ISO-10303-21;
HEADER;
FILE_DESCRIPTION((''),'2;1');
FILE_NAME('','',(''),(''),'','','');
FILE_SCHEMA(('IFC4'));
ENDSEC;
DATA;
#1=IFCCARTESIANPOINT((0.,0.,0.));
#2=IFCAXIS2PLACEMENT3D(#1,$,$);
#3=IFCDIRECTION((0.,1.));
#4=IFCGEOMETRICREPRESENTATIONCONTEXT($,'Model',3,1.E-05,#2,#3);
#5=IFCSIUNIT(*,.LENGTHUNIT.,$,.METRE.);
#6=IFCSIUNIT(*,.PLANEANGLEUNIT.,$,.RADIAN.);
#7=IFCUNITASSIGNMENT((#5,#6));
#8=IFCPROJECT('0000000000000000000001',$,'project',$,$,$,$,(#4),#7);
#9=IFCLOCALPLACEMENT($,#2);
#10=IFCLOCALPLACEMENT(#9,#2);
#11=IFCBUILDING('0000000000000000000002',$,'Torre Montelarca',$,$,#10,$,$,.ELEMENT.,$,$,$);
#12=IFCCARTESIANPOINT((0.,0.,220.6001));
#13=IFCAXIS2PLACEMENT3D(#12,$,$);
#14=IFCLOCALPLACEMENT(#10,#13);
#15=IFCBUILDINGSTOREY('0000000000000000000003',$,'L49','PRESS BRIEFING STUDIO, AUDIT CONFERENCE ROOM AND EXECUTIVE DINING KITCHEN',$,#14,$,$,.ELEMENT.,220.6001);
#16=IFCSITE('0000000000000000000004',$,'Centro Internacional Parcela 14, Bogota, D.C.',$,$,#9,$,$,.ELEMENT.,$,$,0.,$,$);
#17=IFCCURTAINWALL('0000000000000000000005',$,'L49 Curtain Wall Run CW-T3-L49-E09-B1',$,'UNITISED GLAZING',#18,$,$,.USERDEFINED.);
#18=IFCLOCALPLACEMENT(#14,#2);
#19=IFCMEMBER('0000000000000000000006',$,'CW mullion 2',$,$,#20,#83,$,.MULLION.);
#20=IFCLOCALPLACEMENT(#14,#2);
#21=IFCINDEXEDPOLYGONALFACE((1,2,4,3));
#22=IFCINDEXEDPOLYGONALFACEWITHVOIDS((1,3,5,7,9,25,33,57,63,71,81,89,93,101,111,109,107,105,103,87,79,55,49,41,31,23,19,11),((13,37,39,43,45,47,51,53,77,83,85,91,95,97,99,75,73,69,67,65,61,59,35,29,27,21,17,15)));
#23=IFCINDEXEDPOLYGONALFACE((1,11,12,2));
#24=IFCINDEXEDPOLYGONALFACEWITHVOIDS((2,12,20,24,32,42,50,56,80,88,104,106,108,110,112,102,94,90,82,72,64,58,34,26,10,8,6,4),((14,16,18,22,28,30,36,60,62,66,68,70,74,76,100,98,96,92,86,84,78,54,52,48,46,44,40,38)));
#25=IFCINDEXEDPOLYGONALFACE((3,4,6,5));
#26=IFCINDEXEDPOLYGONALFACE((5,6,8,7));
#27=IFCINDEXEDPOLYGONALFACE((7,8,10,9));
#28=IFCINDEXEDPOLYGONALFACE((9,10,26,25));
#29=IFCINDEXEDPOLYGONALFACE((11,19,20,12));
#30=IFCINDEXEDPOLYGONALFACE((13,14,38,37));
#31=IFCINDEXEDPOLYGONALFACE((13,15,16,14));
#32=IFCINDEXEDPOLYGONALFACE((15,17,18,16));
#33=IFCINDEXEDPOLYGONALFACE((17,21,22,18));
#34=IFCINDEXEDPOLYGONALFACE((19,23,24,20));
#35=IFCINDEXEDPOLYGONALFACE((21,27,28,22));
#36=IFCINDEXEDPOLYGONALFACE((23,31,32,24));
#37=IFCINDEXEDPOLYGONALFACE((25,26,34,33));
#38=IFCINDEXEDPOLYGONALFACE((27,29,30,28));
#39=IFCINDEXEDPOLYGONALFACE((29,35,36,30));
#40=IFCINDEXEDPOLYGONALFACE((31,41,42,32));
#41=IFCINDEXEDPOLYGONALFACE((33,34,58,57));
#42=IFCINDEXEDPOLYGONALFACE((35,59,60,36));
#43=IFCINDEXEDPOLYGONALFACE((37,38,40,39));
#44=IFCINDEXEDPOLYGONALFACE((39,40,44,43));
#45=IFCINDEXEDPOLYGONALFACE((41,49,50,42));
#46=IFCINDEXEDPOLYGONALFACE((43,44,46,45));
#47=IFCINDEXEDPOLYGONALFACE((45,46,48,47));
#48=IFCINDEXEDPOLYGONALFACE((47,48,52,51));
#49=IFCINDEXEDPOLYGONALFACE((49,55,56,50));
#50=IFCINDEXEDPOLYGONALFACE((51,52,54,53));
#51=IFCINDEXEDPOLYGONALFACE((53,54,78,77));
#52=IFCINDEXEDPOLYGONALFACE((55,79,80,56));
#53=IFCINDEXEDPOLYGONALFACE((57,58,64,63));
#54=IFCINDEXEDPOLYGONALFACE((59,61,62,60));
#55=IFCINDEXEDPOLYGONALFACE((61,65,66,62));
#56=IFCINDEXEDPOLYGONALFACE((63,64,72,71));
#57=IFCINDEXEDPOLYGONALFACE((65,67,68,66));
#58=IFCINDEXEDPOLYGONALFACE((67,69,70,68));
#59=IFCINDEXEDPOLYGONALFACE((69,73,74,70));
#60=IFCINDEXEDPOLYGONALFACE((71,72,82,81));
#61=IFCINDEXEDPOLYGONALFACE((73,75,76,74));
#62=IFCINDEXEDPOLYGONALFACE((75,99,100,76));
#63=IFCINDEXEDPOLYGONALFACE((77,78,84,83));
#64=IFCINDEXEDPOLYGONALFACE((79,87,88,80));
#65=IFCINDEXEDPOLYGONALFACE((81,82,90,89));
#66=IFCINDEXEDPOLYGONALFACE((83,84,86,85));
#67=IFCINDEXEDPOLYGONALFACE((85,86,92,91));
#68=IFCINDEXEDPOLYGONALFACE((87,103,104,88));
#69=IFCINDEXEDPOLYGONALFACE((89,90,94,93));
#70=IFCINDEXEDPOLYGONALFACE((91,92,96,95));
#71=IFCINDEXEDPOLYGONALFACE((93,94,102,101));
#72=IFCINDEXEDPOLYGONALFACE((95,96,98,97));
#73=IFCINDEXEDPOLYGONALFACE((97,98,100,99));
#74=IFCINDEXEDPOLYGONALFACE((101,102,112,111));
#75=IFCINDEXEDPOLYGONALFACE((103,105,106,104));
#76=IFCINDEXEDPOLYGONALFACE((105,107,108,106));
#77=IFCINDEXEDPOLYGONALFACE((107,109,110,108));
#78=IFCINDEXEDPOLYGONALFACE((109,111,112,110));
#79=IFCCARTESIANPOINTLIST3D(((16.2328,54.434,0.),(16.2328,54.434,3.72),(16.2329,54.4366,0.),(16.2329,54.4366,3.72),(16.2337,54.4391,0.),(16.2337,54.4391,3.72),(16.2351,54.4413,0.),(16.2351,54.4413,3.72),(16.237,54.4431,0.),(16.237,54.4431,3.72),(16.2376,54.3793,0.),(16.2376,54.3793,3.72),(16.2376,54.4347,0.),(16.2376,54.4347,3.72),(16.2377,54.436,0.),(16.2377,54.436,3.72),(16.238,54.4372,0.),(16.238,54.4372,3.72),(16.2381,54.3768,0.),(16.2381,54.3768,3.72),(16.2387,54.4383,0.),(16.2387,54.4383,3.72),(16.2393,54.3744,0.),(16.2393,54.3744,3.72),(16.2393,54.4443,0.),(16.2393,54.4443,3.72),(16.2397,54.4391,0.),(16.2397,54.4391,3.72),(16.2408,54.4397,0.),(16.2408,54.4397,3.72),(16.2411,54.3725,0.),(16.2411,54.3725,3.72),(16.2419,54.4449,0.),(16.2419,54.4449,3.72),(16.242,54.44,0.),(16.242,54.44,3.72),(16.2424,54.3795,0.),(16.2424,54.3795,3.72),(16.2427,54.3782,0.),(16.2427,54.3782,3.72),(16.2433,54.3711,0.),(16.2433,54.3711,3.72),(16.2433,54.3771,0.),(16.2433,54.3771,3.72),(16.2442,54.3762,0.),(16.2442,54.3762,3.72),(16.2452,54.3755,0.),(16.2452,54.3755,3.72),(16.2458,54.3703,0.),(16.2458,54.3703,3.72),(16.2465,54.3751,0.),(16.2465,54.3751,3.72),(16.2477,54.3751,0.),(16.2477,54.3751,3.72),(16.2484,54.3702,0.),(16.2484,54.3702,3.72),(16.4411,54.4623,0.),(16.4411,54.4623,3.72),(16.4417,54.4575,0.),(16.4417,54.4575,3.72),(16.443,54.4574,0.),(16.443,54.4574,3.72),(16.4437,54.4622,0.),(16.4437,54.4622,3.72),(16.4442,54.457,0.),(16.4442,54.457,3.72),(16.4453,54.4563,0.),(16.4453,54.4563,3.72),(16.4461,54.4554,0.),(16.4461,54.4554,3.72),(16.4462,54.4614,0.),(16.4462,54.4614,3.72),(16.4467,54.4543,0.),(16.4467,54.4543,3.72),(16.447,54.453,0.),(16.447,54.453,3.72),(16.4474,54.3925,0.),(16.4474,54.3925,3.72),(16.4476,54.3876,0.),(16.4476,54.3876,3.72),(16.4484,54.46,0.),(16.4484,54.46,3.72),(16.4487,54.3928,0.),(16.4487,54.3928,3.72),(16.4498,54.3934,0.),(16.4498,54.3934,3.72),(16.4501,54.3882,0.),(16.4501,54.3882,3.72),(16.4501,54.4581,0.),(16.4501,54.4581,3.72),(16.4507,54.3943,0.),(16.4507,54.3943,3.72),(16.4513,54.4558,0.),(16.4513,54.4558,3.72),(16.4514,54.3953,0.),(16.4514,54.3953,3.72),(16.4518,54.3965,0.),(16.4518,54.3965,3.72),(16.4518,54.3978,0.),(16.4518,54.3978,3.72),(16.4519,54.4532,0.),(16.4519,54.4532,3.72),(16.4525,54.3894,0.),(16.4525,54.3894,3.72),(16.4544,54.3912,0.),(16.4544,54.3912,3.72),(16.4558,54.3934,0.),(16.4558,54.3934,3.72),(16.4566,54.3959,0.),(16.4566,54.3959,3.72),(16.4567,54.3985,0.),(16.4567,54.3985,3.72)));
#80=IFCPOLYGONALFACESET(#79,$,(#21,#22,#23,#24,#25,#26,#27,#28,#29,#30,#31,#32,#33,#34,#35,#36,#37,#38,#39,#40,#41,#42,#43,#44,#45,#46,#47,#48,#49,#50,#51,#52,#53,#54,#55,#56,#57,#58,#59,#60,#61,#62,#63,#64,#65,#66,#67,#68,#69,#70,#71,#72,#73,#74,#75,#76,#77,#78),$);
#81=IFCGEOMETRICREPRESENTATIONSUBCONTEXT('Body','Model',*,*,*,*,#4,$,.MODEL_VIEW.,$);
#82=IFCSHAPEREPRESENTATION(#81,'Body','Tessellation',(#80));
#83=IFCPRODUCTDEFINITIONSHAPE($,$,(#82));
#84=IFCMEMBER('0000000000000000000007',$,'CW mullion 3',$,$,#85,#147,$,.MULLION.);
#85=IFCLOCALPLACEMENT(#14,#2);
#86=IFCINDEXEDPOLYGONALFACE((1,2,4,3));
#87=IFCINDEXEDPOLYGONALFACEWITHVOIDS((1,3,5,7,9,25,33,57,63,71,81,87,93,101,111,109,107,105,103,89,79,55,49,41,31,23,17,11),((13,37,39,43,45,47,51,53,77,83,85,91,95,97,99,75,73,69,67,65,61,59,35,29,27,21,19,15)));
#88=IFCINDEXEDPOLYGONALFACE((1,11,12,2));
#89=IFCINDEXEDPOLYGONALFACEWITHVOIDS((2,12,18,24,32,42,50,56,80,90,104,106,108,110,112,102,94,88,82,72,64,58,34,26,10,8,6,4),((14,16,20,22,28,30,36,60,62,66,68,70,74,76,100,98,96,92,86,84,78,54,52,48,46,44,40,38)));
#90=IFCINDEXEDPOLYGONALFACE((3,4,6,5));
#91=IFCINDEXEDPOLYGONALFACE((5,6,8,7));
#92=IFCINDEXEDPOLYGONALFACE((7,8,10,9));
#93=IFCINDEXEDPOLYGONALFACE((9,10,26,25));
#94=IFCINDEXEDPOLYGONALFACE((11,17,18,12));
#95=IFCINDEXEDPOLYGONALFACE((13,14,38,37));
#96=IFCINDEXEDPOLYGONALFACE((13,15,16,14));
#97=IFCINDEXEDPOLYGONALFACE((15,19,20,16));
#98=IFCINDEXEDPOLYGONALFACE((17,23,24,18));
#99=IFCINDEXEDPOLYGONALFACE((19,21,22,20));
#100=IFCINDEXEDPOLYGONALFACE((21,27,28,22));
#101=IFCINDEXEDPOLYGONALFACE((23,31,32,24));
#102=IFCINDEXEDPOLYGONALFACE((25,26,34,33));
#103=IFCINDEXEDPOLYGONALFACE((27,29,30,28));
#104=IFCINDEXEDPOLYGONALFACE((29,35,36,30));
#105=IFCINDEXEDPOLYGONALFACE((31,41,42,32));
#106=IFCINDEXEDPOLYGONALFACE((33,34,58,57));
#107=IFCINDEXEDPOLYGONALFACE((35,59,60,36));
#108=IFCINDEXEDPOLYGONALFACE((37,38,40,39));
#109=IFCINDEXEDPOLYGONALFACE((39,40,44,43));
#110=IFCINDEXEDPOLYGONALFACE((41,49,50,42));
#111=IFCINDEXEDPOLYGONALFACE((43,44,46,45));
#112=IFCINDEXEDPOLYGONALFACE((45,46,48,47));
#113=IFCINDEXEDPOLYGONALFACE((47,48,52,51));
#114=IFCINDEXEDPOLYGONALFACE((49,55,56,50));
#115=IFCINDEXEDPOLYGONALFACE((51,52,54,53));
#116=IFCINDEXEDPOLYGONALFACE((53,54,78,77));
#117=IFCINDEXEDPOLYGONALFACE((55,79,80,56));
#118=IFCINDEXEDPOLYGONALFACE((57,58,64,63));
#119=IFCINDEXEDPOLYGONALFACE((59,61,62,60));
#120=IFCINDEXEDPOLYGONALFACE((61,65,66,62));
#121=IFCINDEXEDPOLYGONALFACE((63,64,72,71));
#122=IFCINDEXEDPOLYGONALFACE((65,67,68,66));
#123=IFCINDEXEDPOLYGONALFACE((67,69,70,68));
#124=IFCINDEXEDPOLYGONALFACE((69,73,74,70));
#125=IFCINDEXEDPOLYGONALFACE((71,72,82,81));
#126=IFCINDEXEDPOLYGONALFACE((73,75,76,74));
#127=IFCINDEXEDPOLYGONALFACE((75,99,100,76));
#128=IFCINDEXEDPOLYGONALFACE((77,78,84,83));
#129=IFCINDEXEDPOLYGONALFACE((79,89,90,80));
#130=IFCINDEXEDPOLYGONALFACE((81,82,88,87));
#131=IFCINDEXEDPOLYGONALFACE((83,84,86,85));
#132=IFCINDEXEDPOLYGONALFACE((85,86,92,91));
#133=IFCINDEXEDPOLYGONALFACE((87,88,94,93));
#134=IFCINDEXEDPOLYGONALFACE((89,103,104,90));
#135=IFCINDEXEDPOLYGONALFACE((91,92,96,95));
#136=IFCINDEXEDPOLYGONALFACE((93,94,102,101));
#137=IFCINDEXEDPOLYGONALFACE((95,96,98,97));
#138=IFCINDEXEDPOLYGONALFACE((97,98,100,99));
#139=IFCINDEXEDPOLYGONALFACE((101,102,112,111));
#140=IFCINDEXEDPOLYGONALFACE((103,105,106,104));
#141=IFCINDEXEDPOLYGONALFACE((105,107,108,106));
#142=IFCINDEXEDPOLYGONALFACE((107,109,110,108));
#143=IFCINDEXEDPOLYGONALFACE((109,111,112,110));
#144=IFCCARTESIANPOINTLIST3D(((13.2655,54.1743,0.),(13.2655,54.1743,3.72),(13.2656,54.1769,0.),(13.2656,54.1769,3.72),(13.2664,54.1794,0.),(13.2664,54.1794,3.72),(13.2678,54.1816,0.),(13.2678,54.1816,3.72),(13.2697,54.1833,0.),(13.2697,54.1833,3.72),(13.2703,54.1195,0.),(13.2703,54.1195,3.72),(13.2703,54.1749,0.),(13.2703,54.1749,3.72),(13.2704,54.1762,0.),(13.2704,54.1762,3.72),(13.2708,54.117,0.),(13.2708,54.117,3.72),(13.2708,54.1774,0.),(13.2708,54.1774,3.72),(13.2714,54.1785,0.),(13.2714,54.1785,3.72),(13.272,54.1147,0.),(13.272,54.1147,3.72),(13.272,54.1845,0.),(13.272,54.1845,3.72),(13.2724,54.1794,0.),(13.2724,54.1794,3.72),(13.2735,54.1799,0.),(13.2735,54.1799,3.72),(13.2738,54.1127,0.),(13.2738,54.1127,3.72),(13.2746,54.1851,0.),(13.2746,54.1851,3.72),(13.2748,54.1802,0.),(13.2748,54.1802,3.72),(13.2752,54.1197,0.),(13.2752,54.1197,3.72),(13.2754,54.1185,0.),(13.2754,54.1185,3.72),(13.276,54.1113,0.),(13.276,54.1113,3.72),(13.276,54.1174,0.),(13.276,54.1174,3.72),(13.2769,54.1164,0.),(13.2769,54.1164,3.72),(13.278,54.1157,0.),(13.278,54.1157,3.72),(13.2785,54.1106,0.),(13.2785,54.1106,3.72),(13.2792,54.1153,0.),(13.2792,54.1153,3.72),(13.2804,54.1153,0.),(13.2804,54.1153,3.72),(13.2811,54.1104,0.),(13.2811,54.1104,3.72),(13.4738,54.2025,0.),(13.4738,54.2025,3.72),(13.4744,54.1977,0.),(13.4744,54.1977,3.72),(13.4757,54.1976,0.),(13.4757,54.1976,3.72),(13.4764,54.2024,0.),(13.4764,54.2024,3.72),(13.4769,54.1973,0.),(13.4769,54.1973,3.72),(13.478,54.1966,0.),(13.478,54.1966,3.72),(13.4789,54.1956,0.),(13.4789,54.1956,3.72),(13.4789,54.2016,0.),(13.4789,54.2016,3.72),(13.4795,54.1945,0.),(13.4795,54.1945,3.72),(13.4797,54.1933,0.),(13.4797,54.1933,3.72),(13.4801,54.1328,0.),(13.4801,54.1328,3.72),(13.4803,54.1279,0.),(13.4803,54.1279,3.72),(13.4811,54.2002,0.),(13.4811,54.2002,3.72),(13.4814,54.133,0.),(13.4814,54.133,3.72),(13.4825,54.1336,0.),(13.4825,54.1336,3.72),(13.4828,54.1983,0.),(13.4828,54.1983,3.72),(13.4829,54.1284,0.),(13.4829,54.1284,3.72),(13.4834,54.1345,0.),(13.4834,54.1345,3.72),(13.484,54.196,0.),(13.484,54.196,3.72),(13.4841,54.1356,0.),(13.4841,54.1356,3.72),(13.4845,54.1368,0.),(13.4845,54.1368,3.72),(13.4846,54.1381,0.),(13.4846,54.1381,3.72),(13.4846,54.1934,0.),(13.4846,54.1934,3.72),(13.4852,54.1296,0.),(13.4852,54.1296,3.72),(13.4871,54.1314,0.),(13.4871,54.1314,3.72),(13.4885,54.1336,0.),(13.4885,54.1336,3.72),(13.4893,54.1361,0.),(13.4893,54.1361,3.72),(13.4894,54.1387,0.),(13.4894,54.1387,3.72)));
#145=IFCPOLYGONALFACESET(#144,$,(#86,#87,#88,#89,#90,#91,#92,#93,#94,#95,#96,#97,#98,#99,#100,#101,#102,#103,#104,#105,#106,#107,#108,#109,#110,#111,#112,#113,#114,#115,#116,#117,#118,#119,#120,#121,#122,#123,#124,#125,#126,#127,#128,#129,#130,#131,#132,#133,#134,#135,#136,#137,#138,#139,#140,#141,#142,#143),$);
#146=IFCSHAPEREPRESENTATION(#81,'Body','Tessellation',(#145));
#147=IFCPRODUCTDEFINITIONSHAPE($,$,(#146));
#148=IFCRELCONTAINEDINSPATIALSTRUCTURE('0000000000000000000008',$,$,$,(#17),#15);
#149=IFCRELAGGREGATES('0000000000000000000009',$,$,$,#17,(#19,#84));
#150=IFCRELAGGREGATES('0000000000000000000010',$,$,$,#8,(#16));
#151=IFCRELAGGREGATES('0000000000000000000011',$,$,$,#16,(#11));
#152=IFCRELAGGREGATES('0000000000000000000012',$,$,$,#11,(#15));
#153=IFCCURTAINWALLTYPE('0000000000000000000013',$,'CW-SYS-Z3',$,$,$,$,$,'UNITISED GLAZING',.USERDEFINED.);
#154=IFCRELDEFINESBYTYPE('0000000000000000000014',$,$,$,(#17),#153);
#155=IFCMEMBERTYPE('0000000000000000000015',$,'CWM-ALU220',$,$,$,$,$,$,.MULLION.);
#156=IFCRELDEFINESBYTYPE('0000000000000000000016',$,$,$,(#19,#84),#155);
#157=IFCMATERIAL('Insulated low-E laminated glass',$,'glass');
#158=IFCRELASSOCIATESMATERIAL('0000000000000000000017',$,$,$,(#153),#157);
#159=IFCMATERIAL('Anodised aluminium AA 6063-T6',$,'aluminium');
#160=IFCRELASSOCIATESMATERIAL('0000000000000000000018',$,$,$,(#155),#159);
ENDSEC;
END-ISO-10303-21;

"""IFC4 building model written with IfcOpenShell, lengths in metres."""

from ifc_helpers import new_model, si_unit, direction, frame, origin, origin_2d, place, context, subcontext, project, spatial, hollow_rectangle, extrude, source, transform, mapped, material, material_profile, profile_set, type_object, element, aggregate, save


model = new_model("IFC4")

# Units and contexts
model_context = context("Model", 3, precision=1e-05, world=origin(), true_north=direction((0.0, 1.0)))
body_context = subcontext(model_context, "Body", "Model", "MODEL_VIEW")
ifc_project = project(units=[si_unit("LENGTHUNIT", "METRE"), si_unit("PLANEANGLEUNIT", "RADIAN")], contexts=[model_context])

# Site, building, storey
site_placement = place(None, origin())
site = spatial("IfcSite", under=ifc_project, at=site_placement, Name="Centro Internacional Parcela 14, Bogota, D.C.", CompositionType="ELEMENT", RefElevation=0.0)
building_placement = place(site_placement, origin())
building = spatial("IfcBuilding", under=site, at=building_placement, Name="Torre Montelarca", CompositionType="ELEMENT")
storey_placement = place(building_placement, frame((0.0, 0.0, 220.6001)))
storey = spatial("IfcBuildingStorey", under=building, at=storey_placement, Name="L49", Description="PRESS BRIEFING STUDIO, AUDIT CONFERENCE ROOM AND EXECUTIVE DINING KITCHEN", CompositionType="ELEMENT", Elevation=220.6001)

# Curtain wall
ifc_material_1 = material(Name="Insulated low-E laminated glass", Category="glass")
curtain_wall_type = type_object("IfcCurtainWallType", Name="CW-SYS-Z3", ElementType="UNITISED GLAZING", PredefinedType="USERDEFINED", material=ifc_material_1)
curtain_wall_1_placement = place(storey_placement, origin())
curtain_wall_1 = element("IfcCurtainWall", 1, at=curtain_wall_1_placement, inside=storey, type_object=curtain_wall_type, Name="L49 Curtain Wall Run CW-T3-L49-E09-B1", ObjectType="UNITISED GLAZING", PredefinedType="USERDEFINED")
ifc_material_2 = material(Name="Anodised aluminium AA 6063-T6", Category="aluminium")

# Members
ifc_material_profile_1 = material_profile(ifc_material_2, hollow_rectangle(XDim=0.075, YDim=0.22, WallThickness=0.0049, InnerFilletRadius=0.0049, OuterFilletRadius=0.01, at=origin_2d()), Name="ALU75X220X5", Category="aluminium")
ifc_profile_set_1 = profile_set([ifc_material_profile_1], Name="Anodised aluminium AA 6063-T6")
member_type_1 = type_object("IfcMemberType", Name="CWM-ALU220", PredefinedType="MULLION", material=ifc_profile_set_1)
shared_shape_1 = source(origin(), body_context, "Body", "SweptSolid", [
    extrude(hollow_rectangle(XDim=0.075, YDim=0.22, WallThickness=0.0049, InnerFilletRadius=0.0049, OuterFilletRadius=0.01, at=origin_2d()), origin(), (0.0, 0.0, 1.0), 3.72),
])
member_1_placement = place(storey_placement, frame((16.3447, 54.4163, 0.0), z_axis=(0.0, 0.0, 1.0), x_axis=(0.087183, -0.996192, 0.0)))
member_1 = element("IfcMember", 2, at=member_1_placement, type_object=member_type_1, Name="CW mullion 2", PredefinedType="MULLION", context=body_context, shape_type="MappedRepresentation", body=[
    mapped(shared_shape_1, transform((0.0, 0.0, 0.0), scale=1.0)),
])
member_2_placement = place(storey_placement, frame((13.3774, 54.1565, 0.0), z_axis=(0.0, 0.0, 1.0), x_axis=(0.087183, -0.996192, 0.0)))
member_2 = element("IfcMember", 3, at=member_2_placement, type_object=member_type_1, Name="CW mullion 3", PredefinedType="MULLION", context=body_context, shape_type="MappedRepresentation", body=[
    mapped(shared_shape_1, transform((0.0, 0.0, 0.0), scale=1.0)),
])

aggregate(curtain_wall_1, [member_1, member_2])

save(model, "model.ifc")
